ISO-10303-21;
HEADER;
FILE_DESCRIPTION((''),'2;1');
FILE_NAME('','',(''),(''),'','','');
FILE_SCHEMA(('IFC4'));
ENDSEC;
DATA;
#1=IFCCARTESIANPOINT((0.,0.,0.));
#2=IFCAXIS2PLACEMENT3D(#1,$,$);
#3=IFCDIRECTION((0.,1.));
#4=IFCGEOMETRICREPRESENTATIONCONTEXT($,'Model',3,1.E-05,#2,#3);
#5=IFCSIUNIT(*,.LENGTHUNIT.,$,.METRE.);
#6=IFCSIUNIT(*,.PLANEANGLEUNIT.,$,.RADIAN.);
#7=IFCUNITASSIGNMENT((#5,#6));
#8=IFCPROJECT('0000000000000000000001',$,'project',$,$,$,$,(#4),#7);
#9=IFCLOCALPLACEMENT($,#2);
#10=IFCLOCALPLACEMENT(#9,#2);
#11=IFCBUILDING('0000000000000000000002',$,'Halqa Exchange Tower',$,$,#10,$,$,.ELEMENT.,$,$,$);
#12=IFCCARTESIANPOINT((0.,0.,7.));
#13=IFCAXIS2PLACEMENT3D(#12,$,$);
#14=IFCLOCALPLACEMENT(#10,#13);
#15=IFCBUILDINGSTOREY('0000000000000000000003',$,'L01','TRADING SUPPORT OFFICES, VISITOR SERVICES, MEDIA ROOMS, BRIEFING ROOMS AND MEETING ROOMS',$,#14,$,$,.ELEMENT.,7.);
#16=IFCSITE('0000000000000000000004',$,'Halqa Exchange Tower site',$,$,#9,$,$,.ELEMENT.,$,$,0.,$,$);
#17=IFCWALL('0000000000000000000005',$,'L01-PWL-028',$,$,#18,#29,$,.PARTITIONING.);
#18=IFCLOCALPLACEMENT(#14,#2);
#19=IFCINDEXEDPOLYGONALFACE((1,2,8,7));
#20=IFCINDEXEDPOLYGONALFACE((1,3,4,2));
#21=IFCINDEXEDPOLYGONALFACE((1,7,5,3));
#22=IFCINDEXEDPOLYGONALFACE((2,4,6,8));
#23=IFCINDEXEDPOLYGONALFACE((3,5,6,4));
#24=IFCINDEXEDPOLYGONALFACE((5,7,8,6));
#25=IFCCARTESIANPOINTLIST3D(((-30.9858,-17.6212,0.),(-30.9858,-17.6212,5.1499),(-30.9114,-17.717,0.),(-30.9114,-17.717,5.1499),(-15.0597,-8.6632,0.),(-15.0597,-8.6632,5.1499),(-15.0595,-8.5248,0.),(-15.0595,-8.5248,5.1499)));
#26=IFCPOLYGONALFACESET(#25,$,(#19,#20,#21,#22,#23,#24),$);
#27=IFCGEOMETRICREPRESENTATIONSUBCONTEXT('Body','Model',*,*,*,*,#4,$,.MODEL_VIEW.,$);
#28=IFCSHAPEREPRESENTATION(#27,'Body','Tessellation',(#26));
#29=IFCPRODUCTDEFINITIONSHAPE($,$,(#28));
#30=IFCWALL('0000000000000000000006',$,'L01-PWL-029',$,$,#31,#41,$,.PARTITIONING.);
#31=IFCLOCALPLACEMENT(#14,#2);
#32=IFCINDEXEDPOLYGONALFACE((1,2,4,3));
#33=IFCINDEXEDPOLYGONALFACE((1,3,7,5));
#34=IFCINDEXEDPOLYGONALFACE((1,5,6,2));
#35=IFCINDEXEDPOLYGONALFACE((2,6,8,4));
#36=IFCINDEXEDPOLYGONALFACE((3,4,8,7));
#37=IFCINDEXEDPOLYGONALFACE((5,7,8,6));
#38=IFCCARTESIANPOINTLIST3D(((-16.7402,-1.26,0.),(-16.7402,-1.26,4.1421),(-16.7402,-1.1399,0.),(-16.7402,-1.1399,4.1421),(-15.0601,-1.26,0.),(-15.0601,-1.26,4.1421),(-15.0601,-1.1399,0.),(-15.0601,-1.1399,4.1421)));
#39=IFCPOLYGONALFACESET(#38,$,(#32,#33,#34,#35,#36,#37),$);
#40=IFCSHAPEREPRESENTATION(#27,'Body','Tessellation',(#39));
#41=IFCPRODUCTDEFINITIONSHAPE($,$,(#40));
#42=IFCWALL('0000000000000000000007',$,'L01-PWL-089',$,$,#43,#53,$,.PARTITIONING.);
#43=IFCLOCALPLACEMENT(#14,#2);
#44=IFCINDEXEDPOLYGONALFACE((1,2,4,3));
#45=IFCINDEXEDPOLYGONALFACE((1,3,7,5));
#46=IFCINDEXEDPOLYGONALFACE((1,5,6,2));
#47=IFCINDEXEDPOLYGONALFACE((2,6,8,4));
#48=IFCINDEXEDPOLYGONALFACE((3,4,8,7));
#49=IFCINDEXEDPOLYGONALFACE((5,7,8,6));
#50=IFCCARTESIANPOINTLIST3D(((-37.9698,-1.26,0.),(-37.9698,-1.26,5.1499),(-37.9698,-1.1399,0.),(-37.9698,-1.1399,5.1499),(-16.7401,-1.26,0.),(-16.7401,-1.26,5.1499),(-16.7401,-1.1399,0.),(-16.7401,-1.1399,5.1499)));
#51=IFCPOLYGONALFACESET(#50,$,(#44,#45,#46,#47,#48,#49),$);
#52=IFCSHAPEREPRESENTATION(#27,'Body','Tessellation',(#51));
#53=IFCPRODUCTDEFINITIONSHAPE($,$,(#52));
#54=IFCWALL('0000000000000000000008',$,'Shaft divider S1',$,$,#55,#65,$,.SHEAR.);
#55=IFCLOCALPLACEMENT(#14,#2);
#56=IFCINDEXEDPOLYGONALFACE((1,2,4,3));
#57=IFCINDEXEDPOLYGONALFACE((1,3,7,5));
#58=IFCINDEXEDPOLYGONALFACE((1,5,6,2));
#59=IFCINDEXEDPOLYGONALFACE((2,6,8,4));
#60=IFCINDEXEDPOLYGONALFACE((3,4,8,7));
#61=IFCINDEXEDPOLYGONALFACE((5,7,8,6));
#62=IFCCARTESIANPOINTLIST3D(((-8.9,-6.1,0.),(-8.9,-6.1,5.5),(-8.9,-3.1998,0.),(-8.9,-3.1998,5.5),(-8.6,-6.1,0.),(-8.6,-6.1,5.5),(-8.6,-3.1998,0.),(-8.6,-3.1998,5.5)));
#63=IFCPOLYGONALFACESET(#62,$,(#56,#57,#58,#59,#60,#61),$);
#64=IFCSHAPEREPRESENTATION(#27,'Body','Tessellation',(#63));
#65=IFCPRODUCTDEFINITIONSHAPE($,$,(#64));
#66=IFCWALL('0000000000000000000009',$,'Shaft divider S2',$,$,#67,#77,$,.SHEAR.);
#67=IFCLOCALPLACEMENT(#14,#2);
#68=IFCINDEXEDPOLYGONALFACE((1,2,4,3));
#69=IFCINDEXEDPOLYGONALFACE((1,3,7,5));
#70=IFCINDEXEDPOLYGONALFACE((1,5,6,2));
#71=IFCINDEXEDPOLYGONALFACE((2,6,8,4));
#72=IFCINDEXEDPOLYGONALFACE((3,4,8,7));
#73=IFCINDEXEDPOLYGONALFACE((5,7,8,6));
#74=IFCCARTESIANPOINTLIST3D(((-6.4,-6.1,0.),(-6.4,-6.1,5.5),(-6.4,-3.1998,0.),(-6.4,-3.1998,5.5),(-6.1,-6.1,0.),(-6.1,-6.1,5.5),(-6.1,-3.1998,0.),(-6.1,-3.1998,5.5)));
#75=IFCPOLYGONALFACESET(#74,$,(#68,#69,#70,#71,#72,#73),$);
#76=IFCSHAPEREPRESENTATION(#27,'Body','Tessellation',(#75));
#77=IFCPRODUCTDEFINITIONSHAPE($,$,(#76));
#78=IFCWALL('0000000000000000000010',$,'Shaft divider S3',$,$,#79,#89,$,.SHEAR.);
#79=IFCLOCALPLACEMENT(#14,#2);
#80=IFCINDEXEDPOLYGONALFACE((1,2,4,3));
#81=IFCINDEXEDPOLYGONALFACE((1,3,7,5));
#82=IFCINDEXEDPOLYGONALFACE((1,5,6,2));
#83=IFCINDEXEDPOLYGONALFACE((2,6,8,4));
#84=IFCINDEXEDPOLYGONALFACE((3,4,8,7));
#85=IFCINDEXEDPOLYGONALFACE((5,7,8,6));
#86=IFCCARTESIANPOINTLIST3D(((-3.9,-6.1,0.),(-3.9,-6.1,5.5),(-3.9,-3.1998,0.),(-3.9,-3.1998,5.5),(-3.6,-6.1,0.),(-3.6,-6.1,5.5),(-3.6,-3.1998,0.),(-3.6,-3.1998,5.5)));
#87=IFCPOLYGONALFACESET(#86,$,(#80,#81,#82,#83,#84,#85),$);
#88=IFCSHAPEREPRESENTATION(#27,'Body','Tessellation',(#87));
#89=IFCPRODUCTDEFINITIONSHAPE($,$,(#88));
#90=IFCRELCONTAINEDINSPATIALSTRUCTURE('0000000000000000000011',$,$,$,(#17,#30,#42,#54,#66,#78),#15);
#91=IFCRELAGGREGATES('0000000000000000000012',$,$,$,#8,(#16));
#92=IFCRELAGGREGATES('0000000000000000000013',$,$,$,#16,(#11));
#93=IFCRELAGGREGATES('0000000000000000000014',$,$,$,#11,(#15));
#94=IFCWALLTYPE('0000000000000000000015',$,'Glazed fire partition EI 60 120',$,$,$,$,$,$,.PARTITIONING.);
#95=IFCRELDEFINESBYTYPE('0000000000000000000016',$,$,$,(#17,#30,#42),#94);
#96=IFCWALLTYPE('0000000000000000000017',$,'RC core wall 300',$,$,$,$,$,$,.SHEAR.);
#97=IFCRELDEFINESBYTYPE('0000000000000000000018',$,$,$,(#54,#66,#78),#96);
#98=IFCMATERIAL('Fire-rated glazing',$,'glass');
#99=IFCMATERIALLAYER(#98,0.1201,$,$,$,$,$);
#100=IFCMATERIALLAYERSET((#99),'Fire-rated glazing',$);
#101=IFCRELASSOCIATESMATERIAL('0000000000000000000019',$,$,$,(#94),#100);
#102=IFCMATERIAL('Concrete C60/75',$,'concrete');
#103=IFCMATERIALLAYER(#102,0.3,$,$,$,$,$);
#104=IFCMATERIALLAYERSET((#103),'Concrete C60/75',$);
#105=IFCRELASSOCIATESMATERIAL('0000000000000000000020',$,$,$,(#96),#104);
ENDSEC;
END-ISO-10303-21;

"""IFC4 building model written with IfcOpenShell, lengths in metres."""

from ifc_helpers import new_model, si_unit, direction, frame, frame_2d, origin, place, context, subcontext, project, spatial, polyline, rectangle, outline, extrude, material, layer, layer_set, type_object, element, save


model = new_model("IFC4")

# Units and contexts
model_context = context("Model", 3, precision=1e-05, world=origin(), true_north=direction((0.0, 1.0)))
body_context = subcontext(model_context, "Body", "Model", "MODEL_VIEW")
ifc_project = project(units=[si_unit("LENGTHUNIT", "METRE"), si_unit("PLANEANGLEUNIT", "RADIAN")], contexts=[model_context])

# Site, building, storey
site_placement = place(None, origin())
site = spatial("IfcSite", under=ifc_project, at=site_placement, Name="Halqa Exchange Tower site", CompositionType="ELEMENT", RefElevation=0.0)
building_placement = place(site_placement, origin())
building = spatial("IfcBuilding", under=site, at=building_placement, Name="Halqa Exchange Tower", CompositionType="ELEMENT")
storey_placement = place(building_placement, frame((0.0, 0.0, 7.0)))
storey = spatial("IfcBuildingStorey", under=building, at=storey_placement, Name="L01", Description="TRADING SUPPORT OFFICES, VISITOR SERVICES, MEDIA ROOMS, BRIEFING ROOMS AND MEETING ROOMS", CompositionType="ELEMENT", Elevation=7.0)

# Walls
ifc_material_1 = material(Name="Fire-rated glazing", Category="glass")
ifc_layer_1 = layer(ifc_material_1, 0.1201)
ifc_layer_set_1 = layer_set([ifc_layer_1], Name="Fire-rated glazing")
wall_type_1 = type_object("IfcWallType", Name="Glazed fire partition EI 60 120", PredefinedType="PARTITIONING", material=ifc_layer_set_1)
wall_1_placement = place(storey_placement, frame((-15.0596, -8.594, 0.0), z_axis=(0.0, 0.0, 1.0), x_axis=(-0.868345, -0.495961, 0.0)))
element("IfcWall", 1, at=wall_1_placement, inside=storey, type_object=wall_type_1, Name="L01-PWL-028", PredefinedType="PARTITIONING", context=body_context, shape_type="SweptSolid", body=[
    extrude(outline(polyline([(-0.0344, -0.0601), (18.3066, -0.0601), (18.2896, 0.0601), (0.0344, 0.0601), (-0.0344, -0.0601)])), origin(), (0.0, 0.0, 1.0), 5.1499),
])
wall_2_placement = place(storey_placement, frame((-15.0601, -1.2, 0.0), z_axis=(0.0, 0.0, 1.0), x_axis=(-1.0, 0.0, 0.0)))
element("IfcWall", 2, at=wall_2_placement, inside=storey, type_object=wall_type_1, Name="L01-PWL-029", PredefinedType="PARTITIONING", context=body_context, shape_type="SweptSolid", body=[
    extrude(rectangle(XDim=1.6802, YDim=0.1201, at=frame_2d((0.8401, 0.0))), origin(), (0.0, 0.0, 1.0), 4.1421),
])
wall_3_placement = place(storey_placement, frame((-16.7402, -1.2, 0.0), z_axis=(0.0, 0.0, 1.0), x_axis=(-1.0, 0.0, 0.0)))
element("IfcWall", 3, at=wall_3_placement, inside=storey, type_object=wall_type_1, Name="L01-PWL-089", PredefinedType="PARTITIONING", context=body_context, shape_type="SweptSolid", body=[
    extrude(rectangle(XDim=21.2297, YDim=0.1201, at=frame_2d((10.6147, 0.0))), origin(), (0.0, 0.0, 1.0), 5.1499),
])
ifc_material_2 = material(Name="Concrete C60/75", Category="concrete")
ifc_layer_2 = layer(ifc_material_2, 0.3)
ifc_layer_set_2 = layer_set([ifc_layer_2], Name="Concrete C60/75")
wall_type_2 = type_object("IfcWallType", Name="RC core wall 300", PredefinedType="SHEAR", material=ifc_layer_set_2)
for number, where, z_axis, x_axis, name in (
    (4, (-8.75, -6.1001, 0.0), (0.0, 0.0, 1.0), (0.0, 1.0, 0.0), "Shaft divider S1"),
    (5, (-6.25, -6.1001, 0.0), (0.0, 0.0, 1.0), (0.0, 1.0, 0.0), "Shaft divider S2"),
    (6, (-3.75, -6.1001, 0.0), (0.0, 0.0, 1.0), (0.0, 1.0, 0.0), "Shaft divider S3"),
):
    element("IfcWall", number, at=place(storey_placement, frame(where, z_axis=z_axis, x_axis=x_axis)), inside=storey, type_object=wall_type_2, Name=name, PredefinedType="SHEAR", context=body_context, shape_type="SweptSolid", body=[
        extrude(rectangle(XDim=2.9001, YDim=0.3, at=frame_2d((1.4502, 0.0))), origin(), (0.0, 0.0, 1.0), 5.5),
    ])

save(model, "model.ifc")
